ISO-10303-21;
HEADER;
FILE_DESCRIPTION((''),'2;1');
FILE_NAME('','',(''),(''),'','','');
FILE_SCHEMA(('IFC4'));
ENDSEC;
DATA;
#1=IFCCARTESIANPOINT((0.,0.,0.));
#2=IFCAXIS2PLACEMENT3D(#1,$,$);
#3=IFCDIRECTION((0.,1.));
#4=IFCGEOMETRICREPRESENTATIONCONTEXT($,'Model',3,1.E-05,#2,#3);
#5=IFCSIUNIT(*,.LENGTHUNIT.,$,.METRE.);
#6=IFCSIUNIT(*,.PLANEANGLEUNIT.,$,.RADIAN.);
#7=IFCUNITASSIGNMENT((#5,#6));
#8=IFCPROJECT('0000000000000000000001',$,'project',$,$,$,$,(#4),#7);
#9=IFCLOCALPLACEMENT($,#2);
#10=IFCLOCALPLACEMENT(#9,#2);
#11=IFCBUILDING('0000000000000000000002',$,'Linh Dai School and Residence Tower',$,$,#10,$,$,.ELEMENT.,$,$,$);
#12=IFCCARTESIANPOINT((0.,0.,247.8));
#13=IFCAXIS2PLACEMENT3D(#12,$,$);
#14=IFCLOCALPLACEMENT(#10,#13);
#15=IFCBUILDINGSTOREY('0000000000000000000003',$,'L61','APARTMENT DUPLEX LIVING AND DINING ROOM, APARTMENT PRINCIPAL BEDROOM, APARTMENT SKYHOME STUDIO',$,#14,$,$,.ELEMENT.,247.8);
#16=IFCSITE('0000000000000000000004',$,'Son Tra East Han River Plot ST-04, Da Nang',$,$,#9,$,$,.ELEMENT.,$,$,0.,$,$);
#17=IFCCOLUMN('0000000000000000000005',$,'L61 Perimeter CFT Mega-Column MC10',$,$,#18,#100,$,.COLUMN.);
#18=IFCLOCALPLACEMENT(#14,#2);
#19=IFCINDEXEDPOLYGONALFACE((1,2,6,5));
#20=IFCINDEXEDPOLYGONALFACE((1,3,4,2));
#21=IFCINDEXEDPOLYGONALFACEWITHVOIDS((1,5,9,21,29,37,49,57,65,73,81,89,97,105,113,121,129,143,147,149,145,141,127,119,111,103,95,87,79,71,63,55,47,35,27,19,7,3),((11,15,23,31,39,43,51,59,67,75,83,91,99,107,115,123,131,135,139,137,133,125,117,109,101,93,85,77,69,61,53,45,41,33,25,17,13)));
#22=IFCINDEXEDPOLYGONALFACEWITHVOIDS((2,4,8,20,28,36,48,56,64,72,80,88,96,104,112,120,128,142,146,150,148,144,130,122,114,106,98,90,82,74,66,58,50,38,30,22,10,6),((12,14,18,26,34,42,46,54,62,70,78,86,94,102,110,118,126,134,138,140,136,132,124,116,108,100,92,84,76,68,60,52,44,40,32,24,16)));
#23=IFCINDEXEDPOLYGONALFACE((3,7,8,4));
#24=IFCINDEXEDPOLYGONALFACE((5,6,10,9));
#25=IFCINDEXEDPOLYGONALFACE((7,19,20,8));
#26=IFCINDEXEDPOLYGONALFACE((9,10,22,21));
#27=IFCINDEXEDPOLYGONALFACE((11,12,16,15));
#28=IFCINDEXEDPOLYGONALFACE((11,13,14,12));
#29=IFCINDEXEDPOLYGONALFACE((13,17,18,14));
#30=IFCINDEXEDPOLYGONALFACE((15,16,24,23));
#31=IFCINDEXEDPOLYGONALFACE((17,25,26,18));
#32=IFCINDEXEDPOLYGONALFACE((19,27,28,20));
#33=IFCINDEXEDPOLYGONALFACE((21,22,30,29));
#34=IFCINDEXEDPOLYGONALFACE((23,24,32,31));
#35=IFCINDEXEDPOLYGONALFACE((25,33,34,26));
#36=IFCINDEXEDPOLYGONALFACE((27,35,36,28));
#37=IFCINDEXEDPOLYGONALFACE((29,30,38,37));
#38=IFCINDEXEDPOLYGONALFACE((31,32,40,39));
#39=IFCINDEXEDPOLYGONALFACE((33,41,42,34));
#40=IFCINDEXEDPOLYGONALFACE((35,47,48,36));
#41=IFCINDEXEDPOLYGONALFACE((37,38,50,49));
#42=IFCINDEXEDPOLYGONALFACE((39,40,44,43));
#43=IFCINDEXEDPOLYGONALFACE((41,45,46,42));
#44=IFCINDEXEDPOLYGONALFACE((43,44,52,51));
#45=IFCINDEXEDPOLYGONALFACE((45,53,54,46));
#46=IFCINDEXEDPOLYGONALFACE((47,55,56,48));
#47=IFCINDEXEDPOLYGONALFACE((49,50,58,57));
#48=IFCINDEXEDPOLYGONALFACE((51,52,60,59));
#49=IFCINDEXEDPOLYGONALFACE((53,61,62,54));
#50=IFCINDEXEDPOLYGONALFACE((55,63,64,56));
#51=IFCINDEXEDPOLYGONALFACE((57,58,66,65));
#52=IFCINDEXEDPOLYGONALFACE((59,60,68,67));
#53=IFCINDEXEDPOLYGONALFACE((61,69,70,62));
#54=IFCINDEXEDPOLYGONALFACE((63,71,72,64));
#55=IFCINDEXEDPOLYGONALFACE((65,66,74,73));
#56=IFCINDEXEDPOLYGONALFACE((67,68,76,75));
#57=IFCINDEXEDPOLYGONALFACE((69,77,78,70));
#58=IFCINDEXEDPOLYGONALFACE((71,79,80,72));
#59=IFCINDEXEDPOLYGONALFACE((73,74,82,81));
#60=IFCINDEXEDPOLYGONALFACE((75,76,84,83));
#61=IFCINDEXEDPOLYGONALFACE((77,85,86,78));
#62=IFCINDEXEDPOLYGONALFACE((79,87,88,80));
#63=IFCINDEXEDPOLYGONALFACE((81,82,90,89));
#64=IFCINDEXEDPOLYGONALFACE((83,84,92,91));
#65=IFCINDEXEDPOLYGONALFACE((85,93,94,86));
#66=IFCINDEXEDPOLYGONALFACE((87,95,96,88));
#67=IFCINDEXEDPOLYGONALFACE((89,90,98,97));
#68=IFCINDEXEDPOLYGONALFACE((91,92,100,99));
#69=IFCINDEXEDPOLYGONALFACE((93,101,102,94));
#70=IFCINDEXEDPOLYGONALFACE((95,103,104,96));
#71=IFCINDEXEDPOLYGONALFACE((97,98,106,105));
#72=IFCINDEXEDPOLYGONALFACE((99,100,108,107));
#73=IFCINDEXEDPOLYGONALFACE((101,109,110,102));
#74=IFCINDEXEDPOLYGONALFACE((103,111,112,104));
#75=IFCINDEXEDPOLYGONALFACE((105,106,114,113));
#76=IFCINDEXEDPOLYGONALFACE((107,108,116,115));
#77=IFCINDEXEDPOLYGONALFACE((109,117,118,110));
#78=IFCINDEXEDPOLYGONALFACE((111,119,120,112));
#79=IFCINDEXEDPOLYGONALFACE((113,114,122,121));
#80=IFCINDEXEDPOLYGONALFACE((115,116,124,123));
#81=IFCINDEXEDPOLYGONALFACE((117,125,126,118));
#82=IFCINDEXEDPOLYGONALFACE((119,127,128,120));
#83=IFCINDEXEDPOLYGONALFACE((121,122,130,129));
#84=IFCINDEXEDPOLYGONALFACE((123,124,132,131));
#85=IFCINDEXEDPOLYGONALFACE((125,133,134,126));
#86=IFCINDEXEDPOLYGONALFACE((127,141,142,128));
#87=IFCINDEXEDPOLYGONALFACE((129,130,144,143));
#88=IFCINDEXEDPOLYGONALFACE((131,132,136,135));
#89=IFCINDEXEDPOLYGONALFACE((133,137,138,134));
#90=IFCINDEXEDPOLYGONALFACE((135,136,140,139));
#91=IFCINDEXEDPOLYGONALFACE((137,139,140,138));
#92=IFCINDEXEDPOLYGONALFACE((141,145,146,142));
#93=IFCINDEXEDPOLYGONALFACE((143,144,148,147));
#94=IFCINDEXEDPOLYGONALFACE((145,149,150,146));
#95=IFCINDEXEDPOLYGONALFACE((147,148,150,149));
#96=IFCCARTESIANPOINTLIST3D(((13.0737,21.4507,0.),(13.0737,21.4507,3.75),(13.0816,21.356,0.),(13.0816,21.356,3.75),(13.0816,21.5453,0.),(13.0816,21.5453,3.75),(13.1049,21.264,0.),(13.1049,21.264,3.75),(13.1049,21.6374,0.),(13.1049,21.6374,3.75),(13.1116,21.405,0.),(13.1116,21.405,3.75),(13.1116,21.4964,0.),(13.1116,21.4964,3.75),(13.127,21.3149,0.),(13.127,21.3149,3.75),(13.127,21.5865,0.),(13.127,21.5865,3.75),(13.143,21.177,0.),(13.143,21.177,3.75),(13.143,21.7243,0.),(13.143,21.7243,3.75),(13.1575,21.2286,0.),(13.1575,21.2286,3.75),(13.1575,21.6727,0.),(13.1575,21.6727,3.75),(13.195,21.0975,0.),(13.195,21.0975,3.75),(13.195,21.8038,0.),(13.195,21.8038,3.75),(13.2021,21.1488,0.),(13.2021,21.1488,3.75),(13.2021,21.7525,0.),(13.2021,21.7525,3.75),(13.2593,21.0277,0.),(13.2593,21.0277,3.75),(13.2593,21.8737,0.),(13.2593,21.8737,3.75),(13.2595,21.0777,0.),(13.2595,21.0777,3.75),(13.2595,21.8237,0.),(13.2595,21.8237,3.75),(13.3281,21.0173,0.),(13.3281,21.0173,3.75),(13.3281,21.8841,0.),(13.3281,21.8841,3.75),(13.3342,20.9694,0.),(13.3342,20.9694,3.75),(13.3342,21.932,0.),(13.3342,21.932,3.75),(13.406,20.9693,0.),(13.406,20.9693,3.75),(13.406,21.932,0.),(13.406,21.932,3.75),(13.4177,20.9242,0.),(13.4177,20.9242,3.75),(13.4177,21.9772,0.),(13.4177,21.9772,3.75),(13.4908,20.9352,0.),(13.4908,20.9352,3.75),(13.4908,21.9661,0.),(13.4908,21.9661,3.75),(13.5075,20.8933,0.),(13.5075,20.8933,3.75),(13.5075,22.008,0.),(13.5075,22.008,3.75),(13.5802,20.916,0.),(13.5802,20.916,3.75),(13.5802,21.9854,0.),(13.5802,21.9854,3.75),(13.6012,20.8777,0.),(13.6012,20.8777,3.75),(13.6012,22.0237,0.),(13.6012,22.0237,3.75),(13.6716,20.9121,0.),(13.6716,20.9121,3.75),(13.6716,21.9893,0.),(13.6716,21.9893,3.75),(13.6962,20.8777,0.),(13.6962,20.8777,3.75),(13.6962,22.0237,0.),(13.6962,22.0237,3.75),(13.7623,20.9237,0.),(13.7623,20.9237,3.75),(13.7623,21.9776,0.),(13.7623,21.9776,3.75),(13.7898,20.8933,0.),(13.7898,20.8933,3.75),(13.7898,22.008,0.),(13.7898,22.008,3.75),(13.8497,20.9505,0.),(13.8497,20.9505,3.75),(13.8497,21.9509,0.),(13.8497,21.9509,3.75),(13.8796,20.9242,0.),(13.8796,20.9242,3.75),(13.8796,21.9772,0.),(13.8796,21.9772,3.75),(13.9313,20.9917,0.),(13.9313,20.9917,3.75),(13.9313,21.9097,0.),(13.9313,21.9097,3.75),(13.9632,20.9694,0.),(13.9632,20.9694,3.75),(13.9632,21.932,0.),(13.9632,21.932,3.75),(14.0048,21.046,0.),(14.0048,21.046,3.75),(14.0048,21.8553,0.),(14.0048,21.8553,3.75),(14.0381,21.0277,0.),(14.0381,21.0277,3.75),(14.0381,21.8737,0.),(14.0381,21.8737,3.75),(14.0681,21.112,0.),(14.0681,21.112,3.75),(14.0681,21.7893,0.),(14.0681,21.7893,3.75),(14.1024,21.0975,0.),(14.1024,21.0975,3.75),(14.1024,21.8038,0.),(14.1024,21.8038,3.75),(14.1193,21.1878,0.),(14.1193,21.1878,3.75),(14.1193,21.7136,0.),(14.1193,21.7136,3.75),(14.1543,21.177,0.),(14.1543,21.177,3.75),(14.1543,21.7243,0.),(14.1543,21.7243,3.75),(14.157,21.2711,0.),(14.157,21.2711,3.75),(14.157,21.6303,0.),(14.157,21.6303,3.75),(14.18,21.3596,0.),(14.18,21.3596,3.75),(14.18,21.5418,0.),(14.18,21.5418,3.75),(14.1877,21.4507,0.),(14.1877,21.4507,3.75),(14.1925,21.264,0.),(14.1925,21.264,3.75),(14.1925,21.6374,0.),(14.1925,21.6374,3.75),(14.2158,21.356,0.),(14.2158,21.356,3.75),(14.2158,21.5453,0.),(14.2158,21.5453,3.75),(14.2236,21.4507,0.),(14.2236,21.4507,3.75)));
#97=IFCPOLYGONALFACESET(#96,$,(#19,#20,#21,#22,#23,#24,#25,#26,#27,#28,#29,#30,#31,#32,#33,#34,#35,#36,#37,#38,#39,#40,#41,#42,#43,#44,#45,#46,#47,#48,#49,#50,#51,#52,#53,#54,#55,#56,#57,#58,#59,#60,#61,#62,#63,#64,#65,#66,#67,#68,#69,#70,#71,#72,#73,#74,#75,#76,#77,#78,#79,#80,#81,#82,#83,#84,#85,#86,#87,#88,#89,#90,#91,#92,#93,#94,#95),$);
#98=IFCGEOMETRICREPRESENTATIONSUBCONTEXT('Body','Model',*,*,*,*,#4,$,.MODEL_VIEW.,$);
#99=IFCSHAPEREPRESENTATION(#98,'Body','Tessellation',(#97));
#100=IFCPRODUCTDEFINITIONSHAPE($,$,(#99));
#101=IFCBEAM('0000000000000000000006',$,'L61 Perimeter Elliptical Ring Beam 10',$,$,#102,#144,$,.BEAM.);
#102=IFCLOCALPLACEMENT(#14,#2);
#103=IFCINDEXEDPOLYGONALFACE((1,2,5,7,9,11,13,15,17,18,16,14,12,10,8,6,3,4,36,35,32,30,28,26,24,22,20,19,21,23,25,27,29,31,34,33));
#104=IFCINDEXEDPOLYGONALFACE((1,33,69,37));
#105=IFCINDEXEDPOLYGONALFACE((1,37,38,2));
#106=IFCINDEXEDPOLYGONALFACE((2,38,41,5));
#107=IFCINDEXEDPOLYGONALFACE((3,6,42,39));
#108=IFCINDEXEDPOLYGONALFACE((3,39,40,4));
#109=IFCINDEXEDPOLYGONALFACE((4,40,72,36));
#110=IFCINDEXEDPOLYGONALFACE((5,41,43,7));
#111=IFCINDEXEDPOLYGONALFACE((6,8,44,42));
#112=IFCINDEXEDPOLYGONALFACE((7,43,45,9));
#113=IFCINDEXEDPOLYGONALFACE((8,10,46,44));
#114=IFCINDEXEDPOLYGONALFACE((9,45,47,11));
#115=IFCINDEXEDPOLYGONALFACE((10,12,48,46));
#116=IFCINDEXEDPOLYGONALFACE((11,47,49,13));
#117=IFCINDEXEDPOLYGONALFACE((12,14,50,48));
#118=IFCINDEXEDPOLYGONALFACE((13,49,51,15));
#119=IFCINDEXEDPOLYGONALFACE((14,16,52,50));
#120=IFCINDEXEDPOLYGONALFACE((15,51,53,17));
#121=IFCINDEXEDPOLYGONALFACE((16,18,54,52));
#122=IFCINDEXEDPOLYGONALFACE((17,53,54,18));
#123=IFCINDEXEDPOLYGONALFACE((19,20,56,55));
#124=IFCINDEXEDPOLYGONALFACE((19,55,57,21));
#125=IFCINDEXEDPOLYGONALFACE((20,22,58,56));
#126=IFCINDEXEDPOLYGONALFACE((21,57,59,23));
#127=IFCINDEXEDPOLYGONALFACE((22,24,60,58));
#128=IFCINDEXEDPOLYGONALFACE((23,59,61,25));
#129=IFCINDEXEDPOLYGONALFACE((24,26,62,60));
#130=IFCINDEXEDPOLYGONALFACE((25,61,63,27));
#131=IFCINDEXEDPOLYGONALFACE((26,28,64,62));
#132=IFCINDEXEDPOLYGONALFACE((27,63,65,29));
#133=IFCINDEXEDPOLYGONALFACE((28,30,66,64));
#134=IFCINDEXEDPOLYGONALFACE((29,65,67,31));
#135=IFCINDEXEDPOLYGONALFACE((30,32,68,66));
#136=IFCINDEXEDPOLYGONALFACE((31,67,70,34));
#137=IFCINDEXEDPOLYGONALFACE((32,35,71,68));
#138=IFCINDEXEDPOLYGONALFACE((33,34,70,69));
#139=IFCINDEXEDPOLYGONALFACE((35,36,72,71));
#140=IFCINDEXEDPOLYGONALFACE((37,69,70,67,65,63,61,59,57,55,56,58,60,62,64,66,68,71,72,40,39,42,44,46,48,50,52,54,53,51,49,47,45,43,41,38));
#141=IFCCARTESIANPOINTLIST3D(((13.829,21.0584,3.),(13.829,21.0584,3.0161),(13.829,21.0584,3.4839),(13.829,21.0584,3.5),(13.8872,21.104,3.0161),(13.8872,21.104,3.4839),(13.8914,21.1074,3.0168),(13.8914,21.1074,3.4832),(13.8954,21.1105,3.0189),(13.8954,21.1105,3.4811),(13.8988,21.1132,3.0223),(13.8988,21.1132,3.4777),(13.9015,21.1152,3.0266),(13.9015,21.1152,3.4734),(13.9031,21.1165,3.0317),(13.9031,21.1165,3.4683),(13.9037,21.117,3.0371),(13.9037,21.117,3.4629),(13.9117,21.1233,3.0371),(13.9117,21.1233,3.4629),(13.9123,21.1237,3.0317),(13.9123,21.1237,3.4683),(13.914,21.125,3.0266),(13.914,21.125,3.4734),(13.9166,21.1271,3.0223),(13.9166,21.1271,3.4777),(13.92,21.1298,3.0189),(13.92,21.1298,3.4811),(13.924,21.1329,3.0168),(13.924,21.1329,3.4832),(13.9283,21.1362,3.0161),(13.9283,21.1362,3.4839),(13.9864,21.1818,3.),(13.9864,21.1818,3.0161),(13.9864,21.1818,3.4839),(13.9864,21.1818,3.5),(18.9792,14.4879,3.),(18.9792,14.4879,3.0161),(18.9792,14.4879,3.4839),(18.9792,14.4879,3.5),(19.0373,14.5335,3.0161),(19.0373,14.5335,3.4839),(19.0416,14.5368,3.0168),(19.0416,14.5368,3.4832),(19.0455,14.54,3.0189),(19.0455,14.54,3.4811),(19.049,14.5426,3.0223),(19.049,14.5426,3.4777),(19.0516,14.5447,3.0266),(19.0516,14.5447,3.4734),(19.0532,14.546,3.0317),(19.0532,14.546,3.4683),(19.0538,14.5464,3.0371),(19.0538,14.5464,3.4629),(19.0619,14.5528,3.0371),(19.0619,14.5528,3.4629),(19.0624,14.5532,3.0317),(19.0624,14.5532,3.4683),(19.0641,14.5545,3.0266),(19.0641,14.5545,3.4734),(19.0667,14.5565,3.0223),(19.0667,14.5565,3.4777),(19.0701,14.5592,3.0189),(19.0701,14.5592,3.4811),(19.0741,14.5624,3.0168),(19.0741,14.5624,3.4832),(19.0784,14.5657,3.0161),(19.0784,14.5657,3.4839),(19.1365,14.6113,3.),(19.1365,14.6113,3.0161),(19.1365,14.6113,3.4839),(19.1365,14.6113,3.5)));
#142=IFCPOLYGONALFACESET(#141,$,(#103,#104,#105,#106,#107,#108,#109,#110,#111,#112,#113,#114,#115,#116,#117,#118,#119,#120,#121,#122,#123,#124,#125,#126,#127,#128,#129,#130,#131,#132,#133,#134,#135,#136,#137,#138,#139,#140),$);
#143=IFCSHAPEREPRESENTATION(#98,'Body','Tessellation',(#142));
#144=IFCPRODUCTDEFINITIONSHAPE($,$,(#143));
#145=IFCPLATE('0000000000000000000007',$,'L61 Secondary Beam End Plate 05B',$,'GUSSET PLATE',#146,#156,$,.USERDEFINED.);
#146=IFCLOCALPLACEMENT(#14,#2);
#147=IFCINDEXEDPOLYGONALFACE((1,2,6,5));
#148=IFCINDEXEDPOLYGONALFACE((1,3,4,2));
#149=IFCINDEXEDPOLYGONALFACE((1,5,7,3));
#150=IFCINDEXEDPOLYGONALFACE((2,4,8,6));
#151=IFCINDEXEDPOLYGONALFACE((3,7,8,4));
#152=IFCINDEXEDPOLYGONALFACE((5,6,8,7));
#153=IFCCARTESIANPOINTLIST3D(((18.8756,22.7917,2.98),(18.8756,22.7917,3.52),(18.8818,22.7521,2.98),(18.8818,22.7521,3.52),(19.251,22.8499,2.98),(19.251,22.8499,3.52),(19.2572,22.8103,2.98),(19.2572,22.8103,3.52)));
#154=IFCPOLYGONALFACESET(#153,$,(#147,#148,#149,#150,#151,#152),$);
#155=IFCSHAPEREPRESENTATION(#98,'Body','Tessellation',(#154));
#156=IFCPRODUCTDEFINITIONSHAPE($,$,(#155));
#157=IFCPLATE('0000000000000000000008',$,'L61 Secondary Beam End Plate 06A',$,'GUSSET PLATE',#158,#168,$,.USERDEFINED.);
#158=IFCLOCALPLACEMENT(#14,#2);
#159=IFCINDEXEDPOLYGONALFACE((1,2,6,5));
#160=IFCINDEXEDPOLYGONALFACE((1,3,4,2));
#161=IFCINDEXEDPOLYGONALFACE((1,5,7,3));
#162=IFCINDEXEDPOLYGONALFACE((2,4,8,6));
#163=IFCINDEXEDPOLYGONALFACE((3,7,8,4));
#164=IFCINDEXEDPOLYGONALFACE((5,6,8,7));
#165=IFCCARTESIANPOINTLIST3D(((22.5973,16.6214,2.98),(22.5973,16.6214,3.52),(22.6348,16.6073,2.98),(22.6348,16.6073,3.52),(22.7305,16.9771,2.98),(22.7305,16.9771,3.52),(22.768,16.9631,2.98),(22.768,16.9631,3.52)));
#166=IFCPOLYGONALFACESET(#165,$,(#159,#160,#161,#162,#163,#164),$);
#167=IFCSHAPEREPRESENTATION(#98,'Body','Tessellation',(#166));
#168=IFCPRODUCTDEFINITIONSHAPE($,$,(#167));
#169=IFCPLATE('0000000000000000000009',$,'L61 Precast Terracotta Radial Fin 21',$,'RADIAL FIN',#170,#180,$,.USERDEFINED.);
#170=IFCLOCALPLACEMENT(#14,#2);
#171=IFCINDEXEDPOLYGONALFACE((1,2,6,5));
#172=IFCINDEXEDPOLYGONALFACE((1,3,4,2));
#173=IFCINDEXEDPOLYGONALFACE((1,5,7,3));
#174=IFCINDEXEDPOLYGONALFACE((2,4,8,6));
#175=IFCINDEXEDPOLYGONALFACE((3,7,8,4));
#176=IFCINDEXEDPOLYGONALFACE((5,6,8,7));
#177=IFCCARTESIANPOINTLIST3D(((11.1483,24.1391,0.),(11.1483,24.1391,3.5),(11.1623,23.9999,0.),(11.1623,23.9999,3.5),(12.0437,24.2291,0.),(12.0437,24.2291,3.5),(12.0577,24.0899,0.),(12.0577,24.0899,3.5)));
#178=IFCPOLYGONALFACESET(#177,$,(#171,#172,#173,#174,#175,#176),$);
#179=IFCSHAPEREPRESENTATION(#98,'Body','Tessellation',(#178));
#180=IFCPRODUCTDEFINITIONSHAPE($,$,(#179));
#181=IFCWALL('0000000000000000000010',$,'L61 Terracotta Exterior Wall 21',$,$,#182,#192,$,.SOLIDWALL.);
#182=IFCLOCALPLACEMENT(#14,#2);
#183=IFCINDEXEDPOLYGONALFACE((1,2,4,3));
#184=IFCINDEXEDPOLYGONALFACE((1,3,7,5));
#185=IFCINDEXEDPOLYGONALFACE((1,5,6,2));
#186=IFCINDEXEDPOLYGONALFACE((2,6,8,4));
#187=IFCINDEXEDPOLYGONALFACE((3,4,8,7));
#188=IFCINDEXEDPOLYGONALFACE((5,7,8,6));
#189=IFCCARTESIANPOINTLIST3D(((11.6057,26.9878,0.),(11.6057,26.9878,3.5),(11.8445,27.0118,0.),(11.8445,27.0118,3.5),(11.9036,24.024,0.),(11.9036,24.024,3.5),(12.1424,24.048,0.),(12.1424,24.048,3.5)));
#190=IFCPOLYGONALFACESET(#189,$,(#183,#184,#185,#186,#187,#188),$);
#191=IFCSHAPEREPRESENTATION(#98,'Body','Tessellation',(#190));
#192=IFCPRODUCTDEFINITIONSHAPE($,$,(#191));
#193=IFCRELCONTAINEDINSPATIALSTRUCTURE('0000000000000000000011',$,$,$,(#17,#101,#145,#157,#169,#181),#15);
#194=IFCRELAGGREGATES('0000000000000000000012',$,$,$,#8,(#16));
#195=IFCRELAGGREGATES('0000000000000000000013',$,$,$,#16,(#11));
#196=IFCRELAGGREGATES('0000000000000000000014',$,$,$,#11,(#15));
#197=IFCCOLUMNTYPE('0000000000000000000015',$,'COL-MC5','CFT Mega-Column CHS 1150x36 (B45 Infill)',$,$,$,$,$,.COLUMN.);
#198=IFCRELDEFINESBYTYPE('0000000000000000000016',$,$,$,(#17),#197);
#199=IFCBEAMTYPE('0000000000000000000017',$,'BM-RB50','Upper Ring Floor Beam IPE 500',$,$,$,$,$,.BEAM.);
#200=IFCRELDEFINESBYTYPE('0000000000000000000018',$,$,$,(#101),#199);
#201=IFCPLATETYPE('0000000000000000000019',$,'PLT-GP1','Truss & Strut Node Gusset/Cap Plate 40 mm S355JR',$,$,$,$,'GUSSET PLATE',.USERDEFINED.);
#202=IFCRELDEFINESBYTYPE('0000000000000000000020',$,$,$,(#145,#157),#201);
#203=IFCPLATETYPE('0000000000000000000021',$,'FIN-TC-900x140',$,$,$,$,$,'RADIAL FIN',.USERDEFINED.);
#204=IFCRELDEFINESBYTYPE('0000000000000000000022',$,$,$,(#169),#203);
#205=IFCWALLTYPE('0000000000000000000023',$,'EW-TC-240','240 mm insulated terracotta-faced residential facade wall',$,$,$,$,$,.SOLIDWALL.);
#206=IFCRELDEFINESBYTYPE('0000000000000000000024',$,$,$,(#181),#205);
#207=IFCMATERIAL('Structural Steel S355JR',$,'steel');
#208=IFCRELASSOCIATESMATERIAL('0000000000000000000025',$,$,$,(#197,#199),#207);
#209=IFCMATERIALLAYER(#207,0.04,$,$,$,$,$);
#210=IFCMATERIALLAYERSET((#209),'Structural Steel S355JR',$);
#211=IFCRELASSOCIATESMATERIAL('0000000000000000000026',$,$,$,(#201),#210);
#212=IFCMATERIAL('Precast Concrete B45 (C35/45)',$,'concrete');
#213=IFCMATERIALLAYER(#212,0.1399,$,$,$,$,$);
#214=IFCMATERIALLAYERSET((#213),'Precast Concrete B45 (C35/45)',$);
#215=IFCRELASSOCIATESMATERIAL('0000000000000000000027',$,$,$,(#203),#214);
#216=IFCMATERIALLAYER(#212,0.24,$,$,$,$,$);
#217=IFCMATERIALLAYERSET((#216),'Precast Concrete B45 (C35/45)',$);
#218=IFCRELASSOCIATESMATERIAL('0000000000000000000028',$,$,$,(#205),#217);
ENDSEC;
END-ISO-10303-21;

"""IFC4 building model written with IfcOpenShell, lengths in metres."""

from ifc_helpers import new_model, si_unit, direction, frame, frame_2d, origin, origin_2d, place, context, subcontext, project, spatial, rectangle, hollow_circle, i_section, extrude, source, transform, mapped, material, layer, layer_set, material_profile, profile_set, type_object, element, save


model = new_model("IFC4")

# Units and contexts
model_context = context("Model", 3, precision=1e-05, world=origin(), true_north=direction((0.0, 1.0)))
body_context = subcontext(model_context, "Body", "Model", "MODEL_VIEW")
ifc_project = project(units=[si_unit("LENGTHUNIT", "METRE"), si_unit("PLANEANGLEUNIT", "RADIAN")], contexts=[model_context])

# Site, building, storey
site_placement = place(None, origin())
site = spatial("IfcSite", under=ifc_project, at=site_placement, Name="Son Tra East Han River Plot ST-04, Da Nang", CompositionType="ELEMENT", RefElevation=0.0)
building_placement = place(site_placement, origin())
building = spatial("IfcBuilding", under=site, at=building_placement, Name="Linh Dai School and Residence Tower", CompositionType="ELEMENT")
storey_placement = place(building_placement, frame((0.0, 0.0, 247.8)))
storey = spatial("IfcBuildingStorey", under=building, at=storey_placement, Name="L61", Description="APARTMENT DUPLEX LIVING AND DINING ROOM, APARTMENT PRINCIPAL BEDROOM, APARTMENT SKYHOME STUDIO", CompositionType="ELEMENT", Elevation=247.8)

# Column
ifc_material_1 = material(Name="Structural Steel S355JR", Category="steel")
ifc_material_profile_1 = material_profile(ifc_material_1, hollow_circle(Radius=0.575, WallThickness=0.0359, at=origin_2d()), Name="CHS 1150x36")
ifc_profile_set_1 = profile_set([ifc_material_profile_1], Name="Structural Steel S355JR")
column_type = type_object("IfcColumnType", Name="COL-MC5", Description="CFT Mega-Column CHS 1150x36 (B45 Infill)", PredefinedType="COLUMN", material=ifc_profile_set_1)
column_placement = place(storey_placement, frame((13.6487, 21.4507, 0.0), z_axis=(0.0, 0.0, 1.0), x_axis=(1.0, 0.0, 0.0)))
element("IfcColumn", 1, at=column_placement, inside=storey, type_object=column_type, Name="L61 Perimeter CFT Mega-Column MC10", PredefinedType="COLUMN", context=body_context, shape_type="SweptSolid", body=[
    extrude(hollow_circle(Radius=0.575, WallThickness=0.0359, at=origin_2d()), origin(), (0.0, 0.0, 1.0), 3.75),
])

# Beam
ifc_material_profile_2 = material_profile(ifc_material_1, i_section(OverallWidth=0.2, OverallDepth=0.5, WebThickness=0.0103, FlangeThickness=0.0161, FilletRadius=0.021, at=origin_2d()), Name="IPE 500")
ifc_profile_set_2 = profile_set([ifc_material_profile_2], Name="Structural Steel S355JR")
beam_type = type_object("IfcBeamType", Name="BM-RB50", Description="Upper Ring Floor Beam IPE 500", PredefinedType="BEAM", material=ifc_profile_set_2)
beam_placement = place(storey_placement, frame((13.9077, 21.1201, 3.25), z_axis=(0.6169, -0.787041, 0.0), x_axis=(0.787041, 0.6169, 0.0)))
element("IfcBeam", 2, at=beam_placement, inside=storey, type_object=beam_type, Name="L61 Perimeter Elliptical Ring Beam 10", PredefinedType="BEAM", context=body_context, shape_type="SweptSolid", body=[
    extrude(i_section(OverallWidth=0.2, OverallDepth=0.5, WebThickness=0.0103, FlangeThickness=0.0161, FilletRadius=0.021, at=origin_2d()), origin(), (0.0, 0.0, 1.0), 8.3484),
])

# Plates
ifc_layer_1 = layer(ifc_material_1, 0.04)
ifc_layer_set_1 = layer_set([ifc_layer_1], Name="Structural Steel S355JR")
plate_type_1 = type_object("IfcPlateType", Name="PLT-GP1", Description="Truss & Strut Node Gusset/Cap Plate 40 mm S355JR", ElementType="GUSSET PLATE", PredefinedType="USERDEFINED", material=ifc_layer_set_1)
shared_shape_1 = source(origin(), body_context, "Body", "SweptSolid", [
    extrude(rectangle(XDim=0.04, YDim=0.3799, at=origin_2d()), origin(), (0.0, 0.0, 1.0), 0.54),
])
for number, where, z_axis, x_axis, name in (
    (3, (19.0664, 22.801, 2.98), (0.0, 0.0, 1.0), (0.153186, -0.988197, 0.0), "L61 Secondary Beam End Plate 05B"),
    (4, (22.6826, 16.7922, 2.98), (0.0, 0.0, 1.0), (0.936534, -0.350577, 0.0), "L61 Secondary Beam End Plate 06A"),
):
    element("IfcPlate", number, at=place(storey_placement, frame(where, z_axis=z_axis, x_axis=x_axis)), inside=storey, type_object=plate_type_1, Name=name, ObjectType="GUSSET PLATE", PredefinedType="USERDEFINED", context=body_context, shape_type="MappedRepresentation", body=[
        mapped(shared_shape_1, transform((0.0, 0.0, 0.0), x_axis=(1.0, 0.0, 0.0), y_axis=(0.0, 1.0, 0.0), z_axis=(0.0, 0.0, 1.0), scale=1.0)),
    ])
ifc_material_2 = material(Name="Precast Concrete B45 (C35/45)", Category="concrete")
ifc_layer_2 = layer(ifc_material_2, 0.1399)
ifc_layer_set_2 = layer_set([ifc_layer_2], Name="Precast Concrete B45 (C35/45)")
plate_type_2 = type_object("IfcPlateType", Name="FIN-TC-900x140", ElementType="RADIAL FIN", PredefinedType="USERDEFINED", material=ifc_layer_set_2)
shared_shape_2 = source(origin(), body_context, "Body", "SweptSolid", [
    extrude(rectangle(XDim=0.8999, YDim=0.1399, at=origin_2d()), origin(), (0.0, 0.0, 1.0), 3.5),
])
plate_placement = place(storey_placement, frame((11.603, 24.1145, 0.0), z_axis=(0.0, 0.0, 1.0), x_axis=(-0.994986, -0.100012, 0.0)))
element("IfcPlate", 5, at=plate_placement, inside=storey, type_object=plate_type_2, Name="L61 Precast Terracotta Radial Fin 21", ObjectType="RADIAL FIN", PredefinedType="USERDEFINED", context=body_context, shape_type="MappedRepresentation", body=[
    mapped(shared_shape_2, transform((0.0, 0.0, 0.0), x_axis=(1.0, 0.0, 0.0), y_axis=(0.0, 1.0, 0.0), z_axis=(0.0, 0.0, 1.0), scale=1.0)),
])

# Wall
ifc_layer_3 = layer(ifc_material_2, 0.24)
ifc_layer_set_3 = layer_set([ifc_layer_3], Name="Precast Concrete B45 (C35/45)")
wall_type_1 = type_object("IfcWallType", Name="EW-TC-240", Description="240 mm insulated terracotta-faced residential facade wall", PredefinedType="SOLIDWALL", material=ifc_layer_set_3)
wall_1_placement = place(storey_placement, frame((12.0229, 24.0361, 0.0), z_axis=(0.0, 0.0, 1.0), x_axis=(-0.099991, 0.994988, 0.0)))
element("IfcWall", 6, at=wall_1_placement, inside=storey, type_object=wall_type_1, Name="L61 Terracotta Exterior Wall 21", PredefinedType="SOLIDWALL", context=body_context, shape_type="SweptSolid", body=[
    extrude(rectangle(XDim=2.9788, YDim=0.24, at=frame_2d((1.4893, 0.0))), origin(), (0.0, 0.0, 1.0), 3.5),
])

save(model, "model.ifc")
